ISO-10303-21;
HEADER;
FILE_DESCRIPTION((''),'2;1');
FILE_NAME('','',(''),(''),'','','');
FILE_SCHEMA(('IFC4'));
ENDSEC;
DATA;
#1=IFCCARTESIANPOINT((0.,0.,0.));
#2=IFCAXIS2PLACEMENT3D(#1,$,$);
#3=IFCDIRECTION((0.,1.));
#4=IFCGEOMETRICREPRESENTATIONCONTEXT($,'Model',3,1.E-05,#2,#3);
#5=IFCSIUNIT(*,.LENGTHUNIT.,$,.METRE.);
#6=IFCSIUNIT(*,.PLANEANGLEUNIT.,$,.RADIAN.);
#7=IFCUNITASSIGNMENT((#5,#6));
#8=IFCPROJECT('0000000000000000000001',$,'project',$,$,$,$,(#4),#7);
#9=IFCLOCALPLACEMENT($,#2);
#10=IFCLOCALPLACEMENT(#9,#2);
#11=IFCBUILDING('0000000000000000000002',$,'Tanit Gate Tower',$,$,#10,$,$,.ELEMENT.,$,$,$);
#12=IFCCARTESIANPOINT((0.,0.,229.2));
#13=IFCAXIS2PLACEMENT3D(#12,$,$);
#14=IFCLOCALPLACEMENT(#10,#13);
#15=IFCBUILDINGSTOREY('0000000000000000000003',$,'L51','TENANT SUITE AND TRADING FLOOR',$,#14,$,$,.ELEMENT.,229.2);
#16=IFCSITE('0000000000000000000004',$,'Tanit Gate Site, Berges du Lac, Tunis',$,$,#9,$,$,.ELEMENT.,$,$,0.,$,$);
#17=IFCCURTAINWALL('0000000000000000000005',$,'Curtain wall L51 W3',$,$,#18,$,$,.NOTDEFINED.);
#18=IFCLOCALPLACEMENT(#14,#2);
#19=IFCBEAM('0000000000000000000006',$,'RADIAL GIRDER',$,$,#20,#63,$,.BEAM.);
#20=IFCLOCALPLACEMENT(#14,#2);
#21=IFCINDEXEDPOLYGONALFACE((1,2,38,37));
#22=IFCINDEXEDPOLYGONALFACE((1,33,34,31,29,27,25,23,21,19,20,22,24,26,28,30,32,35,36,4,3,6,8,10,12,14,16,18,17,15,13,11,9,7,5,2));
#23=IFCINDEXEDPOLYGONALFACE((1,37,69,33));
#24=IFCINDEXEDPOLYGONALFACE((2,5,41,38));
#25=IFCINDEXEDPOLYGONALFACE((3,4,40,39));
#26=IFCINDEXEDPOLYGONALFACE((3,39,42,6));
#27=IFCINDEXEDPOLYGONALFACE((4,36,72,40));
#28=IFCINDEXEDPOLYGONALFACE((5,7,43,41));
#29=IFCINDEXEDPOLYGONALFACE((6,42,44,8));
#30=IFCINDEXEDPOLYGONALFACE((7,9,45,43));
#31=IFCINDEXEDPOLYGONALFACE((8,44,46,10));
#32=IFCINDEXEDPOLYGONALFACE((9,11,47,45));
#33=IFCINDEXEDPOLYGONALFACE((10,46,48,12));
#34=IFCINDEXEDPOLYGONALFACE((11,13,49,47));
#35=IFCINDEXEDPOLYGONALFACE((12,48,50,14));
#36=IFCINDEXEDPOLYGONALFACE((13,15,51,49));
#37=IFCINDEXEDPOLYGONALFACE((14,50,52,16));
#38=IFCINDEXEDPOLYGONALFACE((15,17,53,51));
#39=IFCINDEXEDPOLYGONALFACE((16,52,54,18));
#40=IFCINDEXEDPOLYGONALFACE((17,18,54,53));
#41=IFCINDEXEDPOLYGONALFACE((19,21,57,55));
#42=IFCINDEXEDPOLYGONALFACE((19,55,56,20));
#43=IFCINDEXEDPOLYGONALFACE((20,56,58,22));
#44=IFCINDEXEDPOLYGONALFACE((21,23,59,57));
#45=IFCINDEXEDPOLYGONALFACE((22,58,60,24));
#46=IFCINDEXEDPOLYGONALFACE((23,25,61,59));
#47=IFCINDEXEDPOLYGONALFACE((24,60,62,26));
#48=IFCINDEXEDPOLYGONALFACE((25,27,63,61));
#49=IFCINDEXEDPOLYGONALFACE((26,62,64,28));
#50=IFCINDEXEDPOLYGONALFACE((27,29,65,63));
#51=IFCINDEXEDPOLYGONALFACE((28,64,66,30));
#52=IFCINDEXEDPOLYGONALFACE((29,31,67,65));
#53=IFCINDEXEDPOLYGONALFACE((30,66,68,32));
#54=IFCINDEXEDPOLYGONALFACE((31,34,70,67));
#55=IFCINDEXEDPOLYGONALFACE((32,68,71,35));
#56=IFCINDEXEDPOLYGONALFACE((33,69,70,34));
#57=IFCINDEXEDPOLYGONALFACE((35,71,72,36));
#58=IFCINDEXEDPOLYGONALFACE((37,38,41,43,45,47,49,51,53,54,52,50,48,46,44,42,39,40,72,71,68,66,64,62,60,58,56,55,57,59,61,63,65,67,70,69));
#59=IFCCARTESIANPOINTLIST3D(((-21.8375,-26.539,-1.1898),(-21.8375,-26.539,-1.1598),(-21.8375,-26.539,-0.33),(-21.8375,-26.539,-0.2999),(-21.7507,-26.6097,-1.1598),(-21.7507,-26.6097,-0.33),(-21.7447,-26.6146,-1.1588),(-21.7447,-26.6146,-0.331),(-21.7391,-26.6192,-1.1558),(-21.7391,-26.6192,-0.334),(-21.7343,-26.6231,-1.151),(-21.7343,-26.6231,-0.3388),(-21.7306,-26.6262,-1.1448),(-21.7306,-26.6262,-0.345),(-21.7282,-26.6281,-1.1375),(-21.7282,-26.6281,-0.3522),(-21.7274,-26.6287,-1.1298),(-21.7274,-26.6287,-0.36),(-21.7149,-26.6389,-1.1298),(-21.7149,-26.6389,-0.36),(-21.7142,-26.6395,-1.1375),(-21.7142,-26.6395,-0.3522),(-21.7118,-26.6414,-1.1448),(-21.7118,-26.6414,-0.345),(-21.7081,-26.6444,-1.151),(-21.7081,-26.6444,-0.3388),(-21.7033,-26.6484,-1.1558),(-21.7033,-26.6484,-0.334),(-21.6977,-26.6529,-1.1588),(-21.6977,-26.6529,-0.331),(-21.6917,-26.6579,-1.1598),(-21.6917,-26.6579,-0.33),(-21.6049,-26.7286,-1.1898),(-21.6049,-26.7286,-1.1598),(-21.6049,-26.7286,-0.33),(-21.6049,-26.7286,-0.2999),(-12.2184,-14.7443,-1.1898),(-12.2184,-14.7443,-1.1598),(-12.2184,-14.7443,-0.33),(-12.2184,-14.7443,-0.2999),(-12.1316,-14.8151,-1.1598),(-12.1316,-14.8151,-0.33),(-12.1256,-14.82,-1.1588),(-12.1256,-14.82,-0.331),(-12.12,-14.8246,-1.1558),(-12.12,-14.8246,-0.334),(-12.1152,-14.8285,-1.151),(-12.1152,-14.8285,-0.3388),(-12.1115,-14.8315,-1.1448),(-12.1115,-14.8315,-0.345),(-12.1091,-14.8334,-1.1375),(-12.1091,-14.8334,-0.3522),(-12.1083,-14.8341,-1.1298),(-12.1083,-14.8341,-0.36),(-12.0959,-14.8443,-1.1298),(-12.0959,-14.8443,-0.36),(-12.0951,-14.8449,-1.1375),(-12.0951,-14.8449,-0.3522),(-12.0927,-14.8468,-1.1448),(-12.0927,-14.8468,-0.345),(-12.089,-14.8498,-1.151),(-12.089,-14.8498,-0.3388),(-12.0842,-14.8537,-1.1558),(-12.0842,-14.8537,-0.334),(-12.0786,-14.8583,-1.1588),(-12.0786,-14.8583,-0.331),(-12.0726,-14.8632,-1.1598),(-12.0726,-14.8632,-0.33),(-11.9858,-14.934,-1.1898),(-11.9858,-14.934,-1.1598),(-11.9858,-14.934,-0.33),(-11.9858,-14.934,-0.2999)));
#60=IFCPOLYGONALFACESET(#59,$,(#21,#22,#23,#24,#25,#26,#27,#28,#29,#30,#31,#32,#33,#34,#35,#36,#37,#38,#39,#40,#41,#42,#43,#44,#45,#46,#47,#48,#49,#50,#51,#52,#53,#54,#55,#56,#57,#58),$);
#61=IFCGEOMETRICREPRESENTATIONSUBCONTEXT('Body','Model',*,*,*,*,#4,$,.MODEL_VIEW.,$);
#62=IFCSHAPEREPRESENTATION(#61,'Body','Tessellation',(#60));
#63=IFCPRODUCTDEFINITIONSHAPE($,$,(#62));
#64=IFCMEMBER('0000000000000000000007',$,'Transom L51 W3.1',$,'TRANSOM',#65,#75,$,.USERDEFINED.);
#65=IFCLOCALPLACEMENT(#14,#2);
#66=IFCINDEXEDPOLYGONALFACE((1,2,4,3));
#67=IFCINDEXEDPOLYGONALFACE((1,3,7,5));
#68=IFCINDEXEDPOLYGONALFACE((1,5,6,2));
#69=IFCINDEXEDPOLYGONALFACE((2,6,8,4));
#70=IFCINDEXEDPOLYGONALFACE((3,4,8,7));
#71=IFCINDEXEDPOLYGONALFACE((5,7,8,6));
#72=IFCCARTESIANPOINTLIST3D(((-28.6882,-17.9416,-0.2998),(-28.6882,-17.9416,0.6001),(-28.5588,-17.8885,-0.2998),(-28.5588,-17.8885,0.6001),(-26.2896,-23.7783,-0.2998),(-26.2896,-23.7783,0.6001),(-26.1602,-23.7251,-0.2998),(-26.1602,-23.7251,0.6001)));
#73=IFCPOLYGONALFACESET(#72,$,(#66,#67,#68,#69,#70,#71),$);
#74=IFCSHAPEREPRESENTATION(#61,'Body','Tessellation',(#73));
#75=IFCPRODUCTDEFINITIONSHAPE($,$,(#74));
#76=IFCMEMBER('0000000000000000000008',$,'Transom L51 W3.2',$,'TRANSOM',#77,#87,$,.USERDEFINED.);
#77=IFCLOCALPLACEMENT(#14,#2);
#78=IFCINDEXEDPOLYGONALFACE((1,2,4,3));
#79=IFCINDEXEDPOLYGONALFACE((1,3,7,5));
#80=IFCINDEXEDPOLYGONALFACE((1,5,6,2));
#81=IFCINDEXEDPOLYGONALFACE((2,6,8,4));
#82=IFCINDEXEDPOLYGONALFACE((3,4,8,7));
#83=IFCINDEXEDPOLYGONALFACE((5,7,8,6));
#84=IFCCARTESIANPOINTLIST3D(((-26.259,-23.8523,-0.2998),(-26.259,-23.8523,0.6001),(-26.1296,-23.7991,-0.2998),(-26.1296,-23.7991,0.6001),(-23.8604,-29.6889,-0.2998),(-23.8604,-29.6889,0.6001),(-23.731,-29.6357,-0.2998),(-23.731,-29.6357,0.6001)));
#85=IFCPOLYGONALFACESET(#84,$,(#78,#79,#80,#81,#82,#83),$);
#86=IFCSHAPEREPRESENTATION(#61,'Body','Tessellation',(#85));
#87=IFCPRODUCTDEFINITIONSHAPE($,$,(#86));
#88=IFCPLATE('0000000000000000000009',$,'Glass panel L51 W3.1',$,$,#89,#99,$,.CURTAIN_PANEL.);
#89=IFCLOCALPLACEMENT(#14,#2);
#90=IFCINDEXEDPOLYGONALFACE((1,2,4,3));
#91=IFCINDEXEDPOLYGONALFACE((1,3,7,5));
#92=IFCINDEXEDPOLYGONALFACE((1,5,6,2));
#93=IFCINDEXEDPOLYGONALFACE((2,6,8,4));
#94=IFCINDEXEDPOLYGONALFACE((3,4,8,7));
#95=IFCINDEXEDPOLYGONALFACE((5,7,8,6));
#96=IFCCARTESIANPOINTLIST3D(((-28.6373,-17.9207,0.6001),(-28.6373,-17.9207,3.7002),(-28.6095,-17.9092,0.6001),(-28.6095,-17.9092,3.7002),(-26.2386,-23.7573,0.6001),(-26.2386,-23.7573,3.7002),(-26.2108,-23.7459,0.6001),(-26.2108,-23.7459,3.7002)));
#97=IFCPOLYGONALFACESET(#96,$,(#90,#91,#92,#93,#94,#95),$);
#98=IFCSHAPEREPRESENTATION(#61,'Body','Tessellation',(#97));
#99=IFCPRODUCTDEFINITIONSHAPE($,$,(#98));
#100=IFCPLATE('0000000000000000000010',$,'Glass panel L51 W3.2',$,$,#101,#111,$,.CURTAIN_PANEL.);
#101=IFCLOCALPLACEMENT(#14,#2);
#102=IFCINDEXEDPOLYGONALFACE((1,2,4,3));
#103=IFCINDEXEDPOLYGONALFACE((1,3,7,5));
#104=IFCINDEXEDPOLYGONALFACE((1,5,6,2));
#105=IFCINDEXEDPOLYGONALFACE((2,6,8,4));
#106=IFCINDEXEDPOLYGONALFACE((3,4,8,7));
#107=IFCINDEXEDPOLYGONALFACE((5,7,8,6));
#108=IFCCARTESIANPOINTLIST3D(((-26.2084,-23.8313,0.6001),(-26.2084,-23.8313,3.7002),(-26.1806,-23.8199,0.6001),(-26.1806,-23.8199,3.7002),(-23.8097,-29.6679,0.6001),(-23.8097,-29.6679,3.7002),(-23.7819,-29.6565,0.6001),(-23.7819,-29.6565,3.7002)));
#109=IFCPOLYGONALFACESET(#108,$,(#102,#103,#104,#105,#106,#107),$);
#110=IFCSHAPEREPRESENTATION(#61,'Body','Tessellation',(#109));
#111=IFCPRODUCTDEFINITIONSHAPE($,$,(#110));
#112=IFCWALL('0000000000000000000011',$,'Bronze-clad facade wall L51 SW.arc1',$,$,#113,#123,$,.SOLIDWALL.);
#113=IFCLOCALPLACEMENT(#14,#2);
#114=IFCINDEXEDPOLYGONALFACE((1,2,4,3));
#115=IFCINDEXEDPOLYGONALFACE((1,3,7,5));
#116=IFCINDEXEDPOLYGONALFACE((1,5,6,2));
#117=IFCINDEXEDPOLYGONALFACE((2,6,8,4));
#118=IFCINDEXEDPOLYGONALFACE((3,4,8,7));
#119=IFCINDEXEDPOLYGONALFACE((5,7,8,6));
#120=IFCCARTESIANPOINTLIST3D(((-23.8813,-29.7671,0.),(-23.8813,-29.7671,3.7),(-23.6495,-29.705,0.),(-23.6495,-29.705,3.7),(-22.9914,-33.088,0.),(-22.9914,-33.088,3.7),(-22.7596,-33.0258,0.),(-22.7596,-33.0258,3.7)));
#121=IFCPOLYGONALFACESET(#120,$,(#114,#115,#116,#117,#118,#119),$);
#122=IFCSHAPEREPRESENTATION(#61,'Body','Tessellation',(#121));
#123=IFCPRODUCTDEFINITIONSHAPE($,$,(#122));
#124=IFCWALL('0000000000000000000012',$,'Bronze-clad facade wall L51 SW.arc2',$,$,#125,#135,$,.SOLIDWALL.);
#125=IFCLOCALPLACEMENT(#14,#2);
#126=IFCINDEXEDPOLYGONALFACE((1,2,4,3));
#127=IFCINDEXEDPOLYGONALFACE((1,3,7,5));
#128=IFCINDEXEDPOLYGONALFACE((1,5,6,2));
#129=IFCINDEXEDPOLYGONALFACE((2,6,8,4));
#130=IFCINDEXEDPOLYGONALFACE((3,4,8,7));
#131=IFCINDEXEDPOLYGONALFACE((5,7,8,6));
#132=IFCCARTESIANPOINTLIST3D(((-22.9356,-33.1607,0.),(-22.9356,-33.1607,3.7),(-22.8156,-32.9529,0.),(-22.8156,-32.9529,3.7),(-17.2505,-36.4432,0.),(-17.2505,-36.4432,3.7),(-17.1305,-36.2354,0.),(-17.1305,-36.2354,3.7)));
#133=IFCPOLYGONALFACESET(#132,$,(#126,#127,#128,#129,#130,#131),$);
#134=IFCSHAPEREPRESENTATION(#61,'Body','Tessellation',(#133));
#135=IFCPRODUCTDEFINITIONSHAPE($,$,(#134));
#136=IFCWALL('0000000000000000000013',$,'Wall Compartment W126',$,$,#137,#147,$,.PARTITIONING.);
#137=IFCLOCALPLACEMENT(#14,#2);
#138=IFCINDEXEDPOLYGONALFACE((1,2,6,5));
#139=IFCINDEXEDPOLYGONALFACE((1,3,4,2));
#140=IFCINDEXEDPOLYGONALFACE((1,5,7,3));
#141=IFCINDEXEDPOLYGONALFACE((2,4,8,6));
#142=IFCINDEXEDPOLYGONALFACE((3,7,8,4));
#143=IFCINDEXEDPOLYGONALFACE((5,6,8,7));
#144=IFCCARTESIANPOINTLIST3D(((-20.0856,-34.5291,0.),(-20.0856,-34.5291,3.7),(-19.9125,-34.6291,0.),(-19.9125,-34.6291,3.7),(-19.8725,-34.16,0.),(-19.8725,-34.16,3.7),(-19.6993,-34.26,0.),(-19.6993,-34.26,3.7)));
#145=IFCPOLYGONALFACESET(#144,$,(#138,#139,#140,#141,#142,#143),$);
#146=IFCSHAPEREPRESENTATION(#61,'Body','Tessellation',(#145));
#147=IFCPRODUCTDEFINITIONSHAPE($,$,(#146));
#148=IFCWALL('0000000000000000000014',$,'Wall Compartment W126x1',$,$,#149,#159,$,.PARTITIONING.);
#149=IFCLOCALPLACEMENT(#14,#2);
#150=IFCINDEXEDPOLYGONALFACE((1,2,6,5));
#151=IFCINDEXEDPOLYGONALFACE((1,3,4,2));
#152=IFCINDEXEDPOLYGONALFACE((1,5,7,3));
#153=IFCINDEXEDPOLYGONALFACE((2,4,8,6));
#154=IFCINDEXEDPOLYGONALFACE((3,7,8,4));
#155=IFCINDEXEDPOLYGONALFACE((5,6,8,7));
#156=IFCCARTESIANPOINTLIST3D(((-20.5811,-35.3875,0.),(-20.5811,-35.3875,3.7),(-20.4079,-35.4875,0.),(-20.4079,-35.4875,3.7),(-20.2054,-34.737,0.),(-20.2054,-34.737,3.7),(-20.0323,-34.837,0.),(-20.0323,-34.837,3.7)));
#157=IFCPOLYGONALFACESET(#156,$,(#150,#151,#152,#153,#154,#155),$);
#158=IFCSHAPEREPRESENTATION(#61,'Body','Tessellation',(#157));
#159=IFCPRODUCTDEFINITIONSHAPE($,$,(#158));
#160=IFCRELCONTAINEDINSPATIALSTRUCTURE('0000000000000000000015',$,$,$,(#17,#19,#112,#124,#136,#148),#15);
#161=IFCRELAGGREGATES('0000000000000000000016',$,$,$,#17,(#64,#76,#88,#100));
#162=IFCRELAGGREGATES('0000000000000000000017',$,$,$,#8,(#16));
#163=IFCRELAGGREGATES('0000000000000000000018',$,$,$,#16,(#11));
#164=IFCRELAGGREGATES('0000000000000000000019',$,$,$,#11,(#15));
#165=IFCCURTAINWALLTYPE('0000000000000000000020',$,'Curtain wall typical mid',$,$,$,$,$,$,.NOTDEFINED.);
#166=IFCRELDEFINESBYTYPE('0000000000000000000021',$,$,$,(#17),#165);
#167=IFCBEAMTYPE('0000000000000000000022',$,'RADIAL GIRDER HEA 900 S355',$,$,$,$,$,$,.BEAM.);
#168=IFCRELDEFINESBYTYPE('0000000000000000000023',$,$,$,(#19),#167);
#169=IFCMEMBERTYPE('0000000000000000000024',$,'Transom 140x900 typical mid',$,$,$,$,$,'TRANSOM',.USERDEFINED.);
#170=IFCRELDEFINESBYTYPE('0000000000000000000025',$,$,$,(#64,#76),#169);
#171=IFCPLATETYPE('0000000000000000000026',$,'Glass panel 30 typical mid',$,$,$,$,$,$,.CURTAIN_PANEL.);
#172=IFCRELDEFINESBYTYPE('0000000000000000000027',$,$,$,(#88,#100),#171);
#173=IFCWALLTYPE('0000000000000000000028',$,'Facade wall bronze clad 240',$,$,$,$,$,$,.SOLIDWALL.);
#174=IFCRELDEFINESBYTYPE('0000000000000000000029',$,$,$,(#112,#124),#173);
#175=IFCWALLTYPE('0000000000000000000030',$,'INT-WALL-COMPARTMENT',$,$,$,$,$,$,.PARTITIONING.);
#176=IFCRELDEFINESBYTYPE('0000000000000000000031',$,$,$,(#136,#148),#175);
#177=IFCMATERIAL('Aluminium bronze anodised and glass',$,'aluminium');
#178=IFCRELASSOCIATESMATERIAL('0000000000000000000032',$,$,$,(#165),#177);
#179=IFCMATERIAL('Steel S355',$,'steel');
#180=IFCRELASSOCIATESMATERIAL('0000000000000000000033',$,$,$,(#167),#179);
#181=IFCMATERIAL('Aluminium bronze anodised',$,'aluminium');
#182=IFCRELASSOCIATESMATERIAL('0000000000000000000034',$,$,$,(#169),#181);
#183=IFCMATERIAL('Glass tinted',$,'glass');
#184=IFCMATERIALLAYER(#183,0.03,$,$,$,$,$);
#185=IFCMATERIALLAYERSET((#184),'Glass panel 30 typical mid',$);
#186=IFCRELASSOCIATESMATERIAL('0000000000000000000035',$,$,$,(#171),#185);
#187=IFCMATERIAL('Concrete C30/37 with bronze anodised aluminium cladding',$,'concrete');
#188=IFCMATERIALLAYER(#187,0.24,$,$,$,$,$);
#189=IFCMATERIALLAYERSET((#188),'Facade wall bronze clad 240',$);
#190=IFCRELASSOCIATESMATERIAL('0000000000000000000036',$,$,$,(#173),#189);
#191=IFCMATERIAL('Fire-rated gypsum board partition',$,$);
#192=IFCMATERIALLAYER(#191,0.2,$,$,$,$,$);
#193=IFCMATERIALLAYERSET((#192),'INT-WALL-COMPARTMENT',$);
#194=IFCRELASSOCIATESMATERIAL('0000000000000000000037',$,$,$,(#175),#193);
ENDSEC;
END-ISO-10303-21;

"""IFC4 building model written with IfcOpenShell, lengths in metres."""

from ifc_helpers import new_model, si_unit, direction, frame, frame_2d, origin, origin_2d, place, context, subcontext, project, spatial, rectangle, i_section, extrude, material, layer, layer_set, material_profile, profile_set, type_object, element, aggregate, save


model = new_model("IFC4")

# Units and contexts
model_context = context("Model", 3, precision=1e-05, world=origin(), true_north=direction((0.0, 1.0)))
body_context = subcontext(model_context, "Body", "Model", "MODEL_VIEW")
ifc_project = project(units=[si_unit("LENGTHUNIT", "METRE"), si_unit("PLANEANGLEUNIT", "RADIAN")], contexts=[model_context])

# Site, building, storey
site_placement = place(None, origin())
site = spatial("IfcSite", under=ifc_project, at=site_placement, Name="Tanit Gate Site, Berges du Lac, Tunis", CompositionType="ELEMENT", RefElevation=0.0)
building_placement = place(site_placement, origin())
building = spatial("IfcBuilding", under=site, at=building_placement, Name="Tanit Gate Tower", CompositionType="ELEMENT")
storey_placement = place(building_placement, frame((0.0, 0.0, 229.2)))
storey = spatial("IfcBuildingStorey", under=building, at=storey_placement, Name="L51", Description="TENANT SUITE AND TRADING FLOOR", CompositionType="ELEMENT", Elevation=229.2)

# Curtain wall
ifc_material_1 = material(Name="Aluminium bronze anodised and glass", Category="aluminium")
curtain_wall_type = type_object("IfcCurtainWallType", Name="Curtain wall typical mid", PredefinedType="NOTDEFINED", material=ifc_material_1)
curtain_wall_1_placement = place(storey_placement, origin())
curtain_wall_1 = element("IfcCurtainWall", 1, at=curtain_wall_1_placement, inside=storey, type_object=curtain_wall_type, Name="Curtain wall L51 W3", PredefinedType="NOTDEFINED")

# Beam
ifc_material_2 = material(Name="Steel S355", Category="steel")
ifc_material_profile_1 = material_profile(ifc_material_2, i_section(OverallWidth=0.3, OverallDepth=0.8899, WebThickness=0.0161, FlangeThickness=0.03, FilletRadius=0.03, at=origin_2d()), Name="HEA 900")
ifc_profile_set_1 = profile_set([ifc_material_profile_1], Name="Steel S355")
beam_type_1 = type_object("IfcBeamType", Name="RADIAL GIRDER HEA 900 S355", PredefinedType="BEAM", material=ifc_profile_set_1)
beam_1_placement = place(storey_placement, frame((-21.7212, -26.6338, -0.7449), z_axis=(0.632015, 0.774956, 0.0), x_axis=(-0.774956, 0.632015, 0.0)))
element("IfcBeam", 2, at=beam_1_placement, inside=storey, type_object=beam_type_1, Name="RADIAL GIRDER", PredefinedType="BEAM", context=body_context, shape_type="SweptSolid", body=[
    extrude(i_section(OverallWidth=0.3, OverallDepth=0.8899, WebThickness=0.0161, FlangeThickness=0.03, FilletRadius=0.03, at=origin_2d()), origin(), (0.0, 0.0, 1.0), 15.2197),
])

# Members
ifc_material_3 = material(Name="Aluminium bronze anodised", Category="aluminium")
ifc_material_profile_2 = material_profile(ifc_material_3, rectangle(XDim=0.1399, YDim=0.8999, at=origin_2d()), Name="140x900 bronze transom")
ifc_profile_set_2 = profile_set([ifc_material_profile_2], Name="Aluminium bronze anodised")
member_type_1 = type_object("IfcMemberType", Name="Transom 140x900 typical mid", ElementType="TRANSOM", PredefinedType="USERDEFINED", material=ifc_profile_set_2)
member_1_placement = place(storey_placement, frame((-28.6235, -17.915, 0.1501), z_axis=(0.380119, -0.924937, 0.0), x_axis=(0.924937, 0.380119, 0.0)))
member_1 = element("IfcMember", 3, at=member_1_placement, type_object=member_type_1, Name="Transom L51 W3.1", ObjectType="TRANSOM", PredefinedType="USERDEFINED", context=body_context, shape_type="SweptSolid", body=[
    extrude(rectangle(XDim=0.1399, YDim=0.8999, at=origin_2d()), origin(), (0.0, 0.0, 1.0), 6.3103),
])
member_2_placement = place(storey_placement, frame((-26.1943, -23.8257, 0.1501), z_axis=(0.380119, -0.924937, 0.0), x_axis=(0.924937, 0.380119, 0.0)))
member_2 = element("IfcMember", 4, at=member_2_placement, type_object=member_type_1, Name="Transom L51 W3.2", ObjectType="TRANSOM", PredefinedType="USERDEFINED", context=body_context, shape_type="SweptSolid", body=[
    extrude(rectangle(XDim=0.1399, YDim=0.8999, at=origin_2d()), origin(), (0.0, 0.0, 1.0), 6.3103),
])

# Plates
ifc_material_4 = material(Name="Glass tinted", Category="glass")
ifc_layer_1 = layer(ifc_material_4, 0.03)
ifc_layer_set_1 = layer_set([ifc_layer_1], Name="Glass panel 30 typical mid")
plate_type = type_object("IfcPlateType", Name="Glass panel 30 typical mid", PredefinedType="CURTAIN_PANEL", material=ifc_layer_set_1)
plate_1_placement = place(storey_placement, frame((-27.4241, -20.8333, 0.6001), z_axis=(0.0, 0.0, 1.0), x_axis=(0.380126, -0.924935, 0.0)))
plate_1 = element("IfcPlate", 5, at=plate_1_placement, type_object=plate_type, Name="Glass panel L51 W3.1", PredefinedType="CURTAIN_PANEL", context=body_context, shape_type="SweptSolid", body=[
    extrude(rectangle(XDim=6.3103, YDim=0.03, at=origin_2d()), origin(), (0.0, 0.0, 1.0), 3.1001),
])
plate_2_placement = place(storey_placement, frame((-24.9951, -26.7439, 0.6001), z_axis=(0.0, 0.0, 1.0), x_axis=(0.380126, -0.924935, 0.0)))
plate_2 = element("IfcPlate", 6, at=plate_2_placement, type_object=plate_type, Name="Glass panel L51 W3.2", PredefinedType="CURTAIN_PANEL", context=body_context, shape_type="SweptSolid", body=[
    extrude(rectangle(XDim=6.3103, YDim=0.03, at=origin_2d()), origin(), (0.0, 0.0, 1.0), 3.1001),
])
aggregate(curtain_wall_1, [member_1, member_2, plate_1, plate_2])

# Walls
ifc_material_5 = material(Name="Concrete C30/37 with bronze anodised aluminium cladding", Category="concrete")
ifc_layer_2 = layer(ifc_material_5, 0.24)
ifc_layer_set_2 = layer_set([ifc_layer_2], Name="Facade wall bronze clad 240")
wall_type_1 = type_object("IfcWallType", Name="Facade wall bronze clad 240", PredefinedType="SOLIDWALL", material=ifc_layer_set_2)
wall_1_placement = place(storey_placement, frame((-23.7654, -29.7361, 0.0), z_axis=(0.0, 0.0, 1.0), x_axis=(0.258843, -0.96592, 0.0)))
element("IfcWall", 7, at=wall_1_placement, inside=storey, type_object=wall_type_1, Name="Bronze-clad facade wall L51 SW.arc1", PredefinedType="SOLIDWALL", context=body_context, shape_type="SweptSolid", body=[
    extrude(rectangle(XDim=3.438, YDim=0.24, at=frame_2d((1.719, 0.0))), origin(), (0.0, 0.0, 1.0), 3.7),
])
wall_2_placement = place(storey_placement, frame((-22.8755, -33.0569, 0.0), z_axis=(0.0, 0.0, 1.0), x_axis=(0.866012, -0.500023, 0.0)))
element("IfcWall", 8, at=wall_2_placement, inside=storey, type_object=wall_type_1, Name="Bronze-clad facade wall L51 SW.arc2", PredefinedType="SOLIDWALL", context=body_context, shape_type="SweptSolid", body=[
    extrude(rectangle(XDim=6.5647, YDim=0.24, at=frame_2d((3.2822, 0.0))), origin(), (0.0, 0.0, 1.0), 3.7),
])
ifc_material_6 = material(Name="Fire-rated gypsum board partition")
ifc_layer_3 = layer(ifc_material_6, 0.2)
ifc_layer_set_3 = layer_set([ifc_layer_3], Name="INT-WALL-COMPARTMENT")
wall_type_2 = type_object("IfcWallType", Name="INT-WALL-COMPARTMENT", PredefinedType="PARTITIONING", material=ifc_layer_set_3)
wall_3_placement = place(storey_placement, frame((-19.7859, -34.21, 0.0), z_axis=(0.0, 0.0, 1.0), x_axis=(-0.50002, -0.866014, 0.0)))
element("IfcWall", 9, at=wall_3_placement, inside=storey, type_object=wall_type_2, Name="Wall Compartment W126", PredefinedType="PARTITIONING", context=body_context, shape_type="SweptSolid", body=[
    extrude(rectangle(XDim=0.4263, YDim=0.2, at=frame_2d((0.2131, 0.0))), origin(), (0.0, 0.0, 1.0), 3.7),
])
wall_4_placement = place(storey_placement, frame((-20.1189, -34.7871, 0.0), z_axis=(0.0, 0.0, 1.0), x_axis=(-0.500088, -0.865975, 0.0)))
element("IfcWall", 10, at=wall_4_placement, inside=storey, type_object=wall_type_2, Name="Wall Compartment W126x1", PredefinedType="PARTITIONING", context=body_context, shape_type="SweptSolid", body=[
    extrude(rectangle(XDim=0.7512, YDim=0.2, at=frame_2d((0.3755, 0.0))), origin(), (0.0, 0.0, 1.0), 3.7),
])

save(model, "model.ifc")
